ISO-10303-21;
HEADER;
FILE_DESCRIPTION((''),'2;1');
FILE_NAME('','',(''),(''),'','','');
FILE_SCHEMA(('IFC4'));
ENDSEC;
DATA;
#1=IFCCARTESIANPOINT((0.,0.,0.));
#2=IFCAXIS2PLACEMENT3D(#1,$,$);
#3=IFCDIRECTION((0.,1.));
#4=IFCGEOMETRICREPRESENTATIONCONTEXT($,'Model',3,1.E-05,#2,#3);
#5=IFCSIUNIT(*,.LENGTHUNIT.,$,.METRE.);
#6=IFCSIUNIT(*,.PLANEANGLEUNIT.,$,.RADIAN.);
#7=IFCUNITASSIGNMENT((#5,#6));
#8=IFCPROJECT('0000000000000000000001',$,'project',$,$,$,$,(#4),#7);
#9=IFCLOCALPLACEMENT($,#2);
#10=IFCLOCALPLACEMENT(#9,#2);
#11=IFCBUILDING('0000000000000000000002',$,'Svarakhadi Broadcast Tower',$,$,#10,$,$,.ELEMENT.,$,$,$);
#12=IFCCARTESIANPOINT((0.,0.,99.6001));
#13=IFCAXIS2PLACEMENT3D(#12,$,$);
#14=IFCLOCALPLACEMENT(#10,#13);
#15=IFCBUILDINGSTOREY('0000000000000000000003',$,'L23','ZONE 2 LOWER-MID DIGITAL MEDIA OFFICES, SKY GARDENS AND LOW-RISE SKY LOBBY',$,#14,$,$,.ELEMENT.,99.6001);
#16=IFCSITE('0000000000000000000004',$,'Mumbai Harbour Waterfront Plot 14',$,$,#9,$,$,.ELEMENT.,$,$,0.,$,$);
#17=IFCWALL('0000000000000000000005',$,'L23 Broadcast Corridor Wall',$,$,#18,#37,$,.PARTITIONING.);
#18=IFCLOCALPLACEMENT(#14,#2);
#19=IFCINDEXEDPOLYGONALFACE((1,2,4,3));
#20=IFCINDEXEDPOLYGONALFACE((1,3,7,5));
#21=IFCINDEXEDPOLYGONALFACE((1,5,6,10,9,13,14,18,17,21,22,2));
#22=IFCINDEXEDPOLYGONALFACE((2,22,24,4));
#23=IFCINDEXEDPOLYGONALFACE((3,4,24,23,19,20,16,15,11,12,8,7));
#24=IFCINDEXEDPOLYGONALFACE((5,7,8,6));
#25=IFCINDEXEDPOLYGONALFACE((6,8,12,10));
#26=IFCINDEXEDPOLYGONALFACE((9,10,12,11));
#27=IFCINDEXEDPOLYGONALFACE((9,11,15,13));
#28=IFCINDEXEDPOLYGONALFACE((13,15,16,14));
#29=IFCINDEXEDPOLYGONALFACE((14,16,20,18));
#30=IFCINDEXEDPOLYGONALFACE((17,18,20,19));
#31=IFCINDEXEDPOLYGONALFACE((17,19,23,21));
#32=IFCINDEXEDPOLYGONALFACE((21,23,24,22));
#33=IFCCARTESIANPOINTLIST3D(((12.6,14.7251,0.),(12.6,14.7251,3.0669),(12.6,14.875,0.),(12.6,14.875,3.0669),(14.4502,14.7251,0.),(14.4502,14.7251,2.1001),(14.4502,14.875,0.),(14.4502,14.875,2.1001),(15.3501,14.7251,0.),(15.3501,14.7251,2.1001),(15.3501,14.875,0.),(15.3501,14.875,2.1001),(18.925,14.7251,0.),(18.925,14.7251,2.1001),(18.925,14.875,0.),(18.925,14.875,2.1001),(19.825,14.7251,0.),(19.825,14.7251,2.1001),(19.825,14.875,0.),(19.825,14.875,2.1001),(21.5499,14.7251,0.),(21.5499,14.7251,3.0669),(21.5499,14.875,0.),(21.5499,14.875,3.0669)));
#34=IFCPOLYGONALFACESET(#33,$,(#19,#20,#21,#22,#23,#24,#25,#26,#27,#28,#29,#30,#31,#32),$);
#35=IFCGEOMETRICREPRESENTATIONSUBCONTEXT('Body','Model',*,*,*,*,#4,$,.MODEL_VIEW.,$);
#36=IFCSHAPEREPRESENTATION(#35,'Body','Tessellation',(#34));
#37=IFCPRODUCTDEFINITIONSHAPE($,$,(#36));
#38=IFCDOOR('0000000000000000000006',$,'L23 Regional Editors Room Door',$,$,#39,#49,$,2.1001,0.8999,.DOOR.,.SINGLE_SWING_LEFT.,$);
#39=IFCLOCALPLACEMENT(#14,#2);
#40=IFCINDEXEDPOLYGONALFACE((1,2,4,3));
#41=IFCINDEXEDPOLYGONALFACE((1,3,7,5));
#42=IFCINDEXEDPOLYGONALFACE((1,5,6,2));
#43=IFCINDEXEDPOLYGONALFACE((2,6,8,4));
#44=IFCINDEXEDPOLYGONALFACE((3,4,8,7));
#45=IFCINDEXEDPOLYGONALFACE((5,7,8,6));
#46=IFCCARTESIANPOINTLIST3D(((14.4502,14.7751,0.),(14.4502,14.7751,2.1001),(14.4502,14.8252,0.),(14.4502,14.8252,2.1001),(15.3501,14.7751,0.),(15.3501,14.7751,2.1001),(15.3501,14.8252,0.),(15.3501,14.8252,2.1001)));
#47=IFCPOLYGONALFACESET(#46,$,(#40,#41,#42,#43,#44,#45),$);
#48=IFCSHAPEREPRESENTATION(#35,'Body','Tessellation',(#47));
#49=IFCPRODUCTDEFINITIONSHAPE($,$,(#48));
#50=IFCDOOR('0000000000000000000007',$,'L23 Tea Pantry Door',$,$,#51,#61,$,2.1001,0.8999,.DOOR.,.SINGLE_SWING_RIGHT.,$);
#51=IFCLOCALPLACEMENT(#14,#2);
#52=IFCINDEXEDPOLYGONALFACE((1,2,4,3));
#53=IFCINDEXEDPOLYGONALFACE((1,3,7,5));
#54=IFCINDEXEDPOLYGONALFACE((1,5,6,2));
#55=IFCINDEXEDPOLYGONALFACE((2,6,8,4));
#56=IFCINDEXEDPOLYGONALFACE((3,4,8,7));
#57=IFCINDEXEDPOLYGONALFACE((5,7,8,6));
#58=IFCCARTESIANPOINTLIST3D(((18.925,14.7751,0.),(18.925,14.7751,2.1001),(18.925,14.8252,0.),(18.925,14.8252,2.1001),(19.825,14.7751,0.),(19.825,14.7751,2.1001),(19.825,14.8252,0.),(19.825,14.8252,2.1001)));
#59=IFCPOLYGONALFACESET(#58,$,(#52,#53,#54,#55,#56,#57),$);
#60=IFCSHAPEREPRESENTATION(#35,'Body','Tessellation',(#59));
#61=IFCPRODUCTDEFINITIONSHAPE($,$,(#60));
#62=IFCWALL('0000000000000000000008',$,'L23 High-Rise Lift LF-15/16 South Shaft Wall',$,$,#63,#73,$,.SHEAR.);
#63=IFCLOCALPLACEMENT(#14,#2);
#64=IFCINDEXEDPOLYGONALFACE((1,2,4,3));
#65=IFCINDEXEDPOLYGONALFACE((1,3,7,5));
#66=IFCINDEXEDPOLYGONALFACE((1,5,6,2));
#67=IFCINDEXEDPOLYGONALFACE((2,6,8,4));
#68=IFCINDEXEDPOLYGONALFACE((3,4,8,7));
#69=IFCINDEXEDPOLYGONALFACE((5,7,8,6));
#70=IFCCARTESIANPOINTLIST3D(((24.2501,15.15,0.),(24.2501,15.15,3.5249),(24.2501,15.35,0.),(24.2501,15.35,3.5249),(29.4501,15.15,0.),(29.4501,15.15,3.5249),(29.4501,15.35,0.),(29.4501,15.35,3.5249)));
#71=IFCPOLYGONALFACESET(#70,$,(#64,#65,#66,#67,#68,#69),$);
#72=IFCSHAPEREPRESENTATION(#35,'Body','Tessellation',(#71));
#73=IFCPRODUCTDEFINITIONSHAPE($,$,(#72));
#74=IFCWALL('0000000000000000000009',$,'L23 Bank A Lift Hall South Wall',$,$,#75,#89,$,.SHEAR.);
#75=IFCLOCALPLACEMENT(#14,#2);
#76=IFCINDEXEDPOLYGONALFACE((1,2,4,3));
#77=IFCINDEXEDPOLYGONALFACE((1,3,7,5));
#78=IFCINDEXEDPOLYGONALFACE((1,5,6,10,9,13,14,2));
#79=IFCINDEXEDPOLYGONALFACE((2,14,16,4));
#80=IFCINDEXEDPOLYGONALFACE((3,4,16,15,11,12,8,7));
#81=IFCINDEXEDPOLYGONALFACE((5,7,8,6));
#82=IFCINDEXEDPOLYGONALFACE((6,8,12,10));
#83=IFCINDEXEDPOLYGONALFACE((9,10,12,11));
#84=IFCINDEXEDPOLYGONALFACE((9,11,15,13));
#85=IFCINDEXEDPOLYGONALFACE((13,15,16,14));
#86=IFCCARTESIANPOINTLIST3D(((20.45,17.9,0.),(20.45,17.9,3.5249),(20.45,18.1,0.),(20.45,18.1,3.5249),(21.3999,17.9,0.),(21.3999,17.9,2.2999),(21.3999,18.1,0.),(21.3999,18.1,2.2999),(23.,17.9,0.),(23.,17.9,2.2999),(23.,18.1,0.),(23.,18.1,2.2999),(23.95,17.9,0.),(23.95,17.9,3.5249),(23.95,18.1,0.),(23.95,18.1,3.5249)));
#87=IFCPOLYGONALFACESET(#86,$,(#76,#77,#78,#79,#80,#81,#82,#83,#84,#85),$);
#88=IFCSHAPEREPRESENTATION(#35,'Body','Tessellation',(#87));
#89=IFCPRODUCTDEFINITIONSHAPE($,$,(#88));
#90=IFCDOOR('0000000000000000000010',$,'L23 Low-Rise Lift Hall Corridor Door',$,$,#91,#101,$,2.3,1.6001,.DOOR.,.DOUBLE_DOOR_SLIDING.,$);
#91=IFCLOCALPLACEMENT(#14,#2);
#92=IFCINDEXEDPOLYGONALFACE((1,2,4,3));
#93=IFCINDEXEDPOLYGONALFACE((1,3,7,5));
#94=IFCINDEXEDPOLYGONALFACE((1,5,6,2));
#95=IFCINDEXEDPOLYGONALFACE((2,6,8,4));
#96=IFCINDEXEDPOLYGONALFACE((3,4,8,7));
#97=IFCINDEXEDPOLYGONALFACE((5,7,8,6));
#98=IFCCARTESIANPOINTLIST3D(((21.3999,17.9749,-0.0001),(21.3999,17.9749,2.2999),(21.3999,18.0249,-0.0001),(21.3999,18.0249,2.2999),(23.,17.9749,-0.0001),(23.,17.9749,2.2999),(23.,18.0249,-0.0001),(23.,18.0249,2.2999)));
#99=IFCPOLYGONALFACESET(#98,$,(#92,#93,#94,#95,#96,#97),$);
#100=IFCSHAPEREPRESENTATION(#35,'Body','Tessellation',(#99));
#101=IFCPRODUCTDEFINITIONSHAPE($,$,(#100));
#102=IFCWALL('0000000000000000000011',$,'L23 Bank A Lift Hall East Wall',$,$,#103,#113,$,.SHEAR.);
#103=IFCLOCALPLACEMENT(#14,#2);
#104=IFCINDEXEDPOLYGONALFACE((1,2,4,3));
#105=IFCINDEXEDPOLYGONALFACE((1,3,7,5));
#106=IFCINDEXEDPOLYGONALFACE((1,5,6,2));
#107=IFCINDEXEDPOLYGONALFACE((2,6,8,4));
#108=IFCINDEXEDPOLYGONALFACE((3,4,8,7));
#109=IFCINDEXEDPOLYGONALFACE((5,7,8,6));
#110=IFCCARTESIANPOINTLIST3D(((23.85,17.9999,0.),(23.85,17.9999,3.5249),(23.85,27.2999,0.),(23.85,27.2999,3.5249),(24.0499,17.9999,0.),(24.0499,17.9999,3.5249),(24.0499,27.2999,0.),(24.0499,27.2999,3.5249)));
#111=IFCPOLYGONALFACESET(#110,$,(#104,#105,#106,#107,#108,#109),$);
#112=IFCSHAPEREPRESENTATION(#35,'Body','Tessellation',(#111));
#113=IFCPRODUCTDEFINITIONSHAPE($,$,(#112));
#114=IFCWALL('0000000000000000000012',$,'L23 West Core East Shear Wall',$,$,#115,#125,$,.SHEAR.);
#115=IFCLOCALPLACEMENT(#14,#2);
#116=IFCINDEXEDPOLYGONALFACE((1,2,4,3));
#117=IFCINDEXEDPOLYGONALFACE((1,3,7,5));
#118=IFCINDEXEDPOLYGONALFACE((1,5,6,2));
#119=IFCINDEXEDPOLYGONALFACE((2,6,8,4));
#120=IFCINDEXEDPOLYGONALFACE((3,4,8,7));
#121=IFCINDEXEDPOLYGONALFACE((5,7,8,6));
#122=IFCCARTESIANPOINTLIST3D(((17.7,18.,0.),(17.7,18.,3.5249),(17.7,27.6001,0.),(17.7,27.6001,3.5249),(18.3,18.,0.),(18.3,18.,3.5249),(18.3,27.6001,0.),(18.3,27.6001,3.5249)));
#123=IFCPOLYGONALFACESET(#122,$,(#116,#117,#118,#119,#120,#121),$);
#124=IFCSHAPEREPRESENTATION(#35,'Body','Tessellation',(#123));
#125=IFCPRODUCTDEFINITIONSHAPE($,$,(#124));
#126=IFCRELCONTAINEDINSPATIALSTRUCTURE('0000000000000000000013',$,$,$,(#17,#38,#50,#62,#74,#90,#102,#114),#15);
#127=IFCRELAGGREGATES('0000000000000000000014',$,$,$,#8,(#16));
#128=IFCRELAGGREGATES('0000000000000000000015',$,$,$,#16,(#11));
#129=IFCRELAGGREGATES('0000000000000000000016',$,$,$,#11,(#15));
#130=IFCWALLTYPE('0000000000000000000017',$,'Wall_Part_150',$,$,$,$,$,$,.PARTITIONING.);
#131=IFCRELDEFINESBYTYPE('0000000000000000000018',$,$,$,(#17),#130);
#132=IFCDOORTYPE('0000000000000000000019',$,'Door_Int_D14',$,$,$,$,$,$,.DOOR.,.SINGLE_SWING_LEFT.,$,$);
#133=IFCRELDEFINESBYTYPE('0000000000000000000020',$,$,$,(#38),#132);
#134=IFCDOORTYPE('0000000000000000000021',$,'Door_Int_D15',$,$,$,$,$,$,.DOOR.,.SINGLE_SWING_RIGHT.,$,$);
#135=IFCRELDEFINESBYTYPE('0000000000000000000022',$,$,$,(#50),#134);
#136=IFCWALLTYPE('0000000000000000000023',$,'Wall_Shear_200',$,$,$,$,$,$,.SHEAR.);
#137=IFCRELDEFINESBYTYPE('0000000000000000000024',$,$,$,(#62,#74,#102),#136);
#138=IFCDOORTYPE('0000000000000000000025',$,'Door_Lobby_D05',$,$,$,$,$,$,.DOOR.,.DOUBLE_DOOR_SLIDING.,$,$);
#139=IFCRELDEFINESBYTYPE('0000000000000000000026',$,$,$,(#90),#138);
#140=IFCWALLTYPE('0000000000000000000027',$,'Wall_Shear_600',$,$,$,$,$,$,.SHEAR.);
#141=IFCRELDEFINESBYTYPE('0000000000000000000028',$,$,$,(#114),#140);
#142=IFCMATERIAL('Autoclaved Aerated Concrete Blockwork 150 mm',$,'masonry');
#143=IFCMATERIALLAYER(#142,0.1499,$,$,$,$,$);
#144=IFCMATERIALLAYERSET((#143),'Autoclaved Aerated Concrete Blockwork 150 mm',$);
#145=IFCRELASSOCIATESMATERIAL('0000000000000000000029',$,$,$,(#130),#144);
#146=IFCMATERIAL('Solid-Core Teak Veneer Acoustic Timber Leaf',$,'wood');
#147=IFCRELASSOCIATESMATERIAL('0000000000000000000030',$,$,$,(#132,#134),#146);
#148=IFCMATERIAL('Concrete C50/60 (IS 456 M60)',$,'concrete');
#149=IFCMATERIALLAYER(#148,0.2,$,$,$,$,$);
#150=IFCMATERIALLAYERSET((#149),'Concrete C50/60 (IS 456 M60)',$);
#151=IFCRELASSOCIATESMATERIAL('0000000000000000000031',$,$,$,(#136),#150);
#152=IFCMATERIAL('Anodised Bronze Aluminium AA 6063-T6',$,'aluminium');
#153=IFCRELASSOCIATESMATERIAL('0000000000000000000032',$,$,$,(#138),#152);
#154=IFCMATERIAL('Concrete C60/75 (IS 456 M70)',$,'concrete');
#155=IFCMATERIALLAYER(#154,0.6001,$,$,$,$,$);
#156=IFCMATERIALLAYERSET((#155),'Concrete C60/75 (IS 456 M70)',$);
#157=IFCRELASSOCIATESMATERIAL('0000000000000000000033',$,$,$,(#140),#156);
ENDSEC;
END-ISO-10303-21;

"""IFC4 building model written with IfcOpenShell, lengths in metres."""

from ifc_helpers import new_model, si_unit, direction, frame, frame_2d, origin, place, context, subcontext, project, spatial, rectangle, extrude, material, layer, layer_set, type_object, element, fill, save


model = new_model("IFC4")

# Units and contexts
model_context = context("Model", 3, precision=1e-05, world=origin(), true_north=direction((0.0, 1.0)))
body_context = subcontext(model_context, "Body", "Model", "MODEL_VIEW")
ifc_project = project(units=[si_unit("LENGTHUNIT", "METRE"), si_unit("PLANEANGLEUNIT", "RADIAN")], contexts=[model_context])

# Site, building, storey
site_placement = place(None, origin())
site = spatial("IfcSite", under=ifc_project, at=site_placement, Name="Mumbai Harbour Waterfront Plot 14", CompositionType="ELEMENT", RefElevation=0.0)
building_placement = place(site_placement, origin())
building = spatial("IfcBuilding", under=site, at=building_placement, Name="Svarakhadi Broadcast Tower", CompositionType="ELEMENT")
storey_placement = place(building_placement, frame((0.0, 0.0, 99.6001)))
storey = spatial("IfcBuildingStorey", under=building, at=storey_placement, Name="L23", Description="ZONE 2 LOWER-MID DIGITAL MEDIA OFFICES, SKY GARDENS AND LOW-RISE SKY LOBBY", CompositionType="ELEMENT", Elevation=99.6001)

# Shared definitions
ifc_material_1 = material(Name="Concrete C50/60 (IS 456 M60)", Category="concrete")

# Wall, openings, doors
ifc_material_2 = material(Name="Autoclaved Aerated Concrete Blockwork 150 mm", Category="masonry")
ifc_layer_1 = layer(ifc_material_2, 0.1499)
ifc_layer_set_1 = layer_set([ifc_layer_1], Name="Autoclaved Aerated Concrete Blockwork 150 mm")
wall_type_1 = type_object("IfcWallType", Name="Wall_Part_150", PredefinedType="PARTITIONING", material=ifc_layer_set_1)
wall_1_placement = place(storey_placement, frame((21.55, 14.8, 0.0), z_axis=(0.0, 0.0, 1.0), x_axis=(-1.0, 0.0, 0.0)))
wall_1 = element("IfcWall", 1, at=wall_1_placement, inside=storey, type_object=wall_type_1, Name="L23 Broadcast Corridor Wall", PredefinedType="PARTITIONING", context=body_context, shape_type="SweptSolid", body=[
    extrude(rectangle(XDim=8.95, YDim=0.1499, at=frame_2d((4.4751, 0.0))), origin(), (0.0, 0.0, 1.0), 3.0669),
])
opening_1_placement = place(wall_1_placement, frame((6.2, 0.0, 0.0)))
opening_1 = element("IfcOpeningElement", 2, at=opening_1_placement, cuts=wall_1, PredefinedType="OPENING", context=body_context, shape_type="SweptSolid", body=[
    extrude(rectangle(XDim=0.8999, YDim=2.1001, at=frame_2d((0.45, 1.05))), frame((0.0, 0.085, 0.0), z_axis=(0.0, -1.0, 0.0), x_axis=(1.0, 0.0, 0.0)), (0.0, 0.0, 1.0), 0.1699),
])
opening_2_placement = place(wall_1_placement, frame((1.7251, 0.0, 0.0)))
opening_2 = element("IfcOpeningElement", 3, at=opening_2_placement, cuts=wall_1, PredefinedType="OPENING", context=body_context, shape_type="SweptSolid", body=[
    extrude(rectangle(XDim=0.8999, YDim=2.1001, at=frame_2d((0.45, 1.05))), frame((0.0, 0.085, 0.0), z_axis=(0.0, -1.0, 0.0), x_axis=(1.0, 0.0, 0.0)), (0.0, 0.0, 1.0), 0.1699),
])
ifc_material_3 = material(Name="Solid-Core Teak Veneer Acoustic Timber Leaf", Category="wood")
door_type_1 = type_object("IfcDoorType", Name="Door_Int_D14", OperationType="SINGLE_SWING_LEFT", PredefinedType="DOOR", material=ifc_material_3)
door_1_placement = place(opening_1_placement, origin())
door_1 = element("IfcDoor", 4, at=door_1_placement, inside=storey, type_object=door_type_1, Name="L23 Regional Editors Room Door", OperationType="SINGLE_SWING_LEFT", OverallHeight=2.1001, OverallWidth=0.8999, PredefinedType="DOOR", context=body_context, shape_type="SweptSolid", body=[
    extrude(rectangle(XDim=0.8999, YDim=2.1001, at=frame_2d((0.45, 1.05))), frame((0.0, 0.0249, 0.0), z_axis=(0.0, -1.0, 0.0), x_axis=(1.0, 0.0, 0.0)), (0.0, 0.0, 1.0), 0.05),
])
fill(opening_1, door_1)
door_type_2 = type_object("IfcDoorType", Name="Door_Int_D15", OperationType="SINGLE_SWING_RIGHT", PredefinedType="DOOR", material=ifc_material_3)
door_2_placement = place(opening_2_placement, origin())
door_2 = element("IfcDoor", 5, at=door_2_placement, inside=storey, type_object=door_type_2, Name="L23 Tea Pantry Door", OperationType="SINGLE_SWING_RIGHT", OverallHeight=2.1001, OverallWidth=0.8999, PredefinedType="DOOR", context=body_context, shape_type="SweptSolid", body=[
    extrude(rectangle(XDim=0.8999, YDim=2.1001, at=frame_2d((0.45, 1.05))), frame((0.0, 0.0249, 0.0), z_axis=(0.0, -1.0, 0.0), x_axis=(1.0, 0.0, 0.0)), (0.0, 0.0, 1.0), 0.05),
])
fill(opening_2, door_2)

# Wall
ifc_layer_2 = layer(ifc_material_1, 0.2)
ifc_layer_set_2 = layer_set([ifc_layer_2], Name="Concrete C50/60 (IS 456 M60)")
wall_type_2 = type_object("IfcWallType", Name="Wall_Shear_200", PredefinedType="SHEAR", material=ifc_layer_set_2)
wall_2_placement = place(storey_placement, frame((24.25, 15.25, 0.0), z_axis=(0.0, 0.0, 1.0), x_axis=(1.0, 0.0, 0.0)))
element("IfcWall", 6, at=wall_2_placement, inside=storey, type_object=wall_type_2, Name="L23 High-Rise Lift LF-15/16 South Shaft Wall", PredefinedType="SHEAR", context=body_context, shape_type="SweptSolid", body=[
    extrude(rectangle(XDim=5.2, YDim=0.2, at=frame_2d((2.6001, 0.0))), origin(), (0.0, 0.0, 1.0), 3.5249),
])

# Wall, opening, door
wall_3_placement = place(storey_placement, frame((20.45, 18.0, 0.0), z_axis=(0.0, 0.0, 1.0), x_axis=(1.0, 0.0, 0.0)))
wall_3 = element("IfcWall", 7, at=wall_3_placement, inside=storey, type_object=wall_type_2, Name="L23 Bank A Lift Hall South Wall", PredefinedType="SHEAR", context=body_context, shape_type="SweptSolid", body=[
    extrude(rectangle(XDim=3.5, YDim=0.2, at=frame_2d((1.75, 0.0))), origin(), (0.0, 0.0, 1.0), 3.5249),
])
opening_3_placement = place(wall_3_placement, frame((0.95, 0.0, 0.0)))
opening_3 = element("IfcOpeningElement", 8, at=opening_3_placement, cuts=wall_3, PredefinedType="OPENING", context=body_context, shape_type="SweptSolid", body=[
    extrude(rectangle(XDim=1.6001, YDim=2.3, at=frame_2d((0.8, 1.1499))), frame((0.0, 0.1099, 0.0), z_axis=(0.0, -1.0, 0.0), x_axis=(1.0, 0.0, 0.0)), (0.0, 0.0, 1.0), 0.22),
])
ifc_material_4 = material(Name="Anodised Bronze Aluminium AA 6063-T6", Category="aluminium")
door_type_3 = type_object("IfcDoorType", Name="Door_Lobby_D05", OperationType="DOUBLE_DOOR_SLIDING", PredefinedType="DOOR", material=ifc_material_4)
door_3_placement = place(opening_3_placement, origin())
door_3 = element("IfcDoor", 9, at=door_3_placement, inside=storey, type_object=door_type_3, Name="L23 Low-Rise Lift Hall Corridor Door", OperationType="DOUBLE_DOOR_SLIDING", OverallHeight=2.3, OverallWidth=1.6001, PredefinedType="DOOR", context=body_context, shape_type="SweptSolid", body=[
    extrude(rectangle(XDim=1.6001, YDim=2.3, at=frame_2d((0.8, 1.1499))), frame((0.0, 0.0249, 0.0), z_axis=(0.0, -1.0, 0.0), x_axis=(1.0, 0.0, 0.0)), (0.0, 0.0, 1.0), 0.05),
])
fill(opening_3, door_3)

# Walls
wall_4_placement = place(storey_placement, frame((23.95, 18.0, 0.0), z_axis=(0.0, 0.0, 1.0), x_axis=(0.0, 1.0, 0.0)))
element("IfcWall", 10, at=wall_4_placement, inside=storey, type_object=wall_type_2, Name="L23 Bank A Lift Hall East Wall", PredefinedType="SHEAR", context=body_context, shape_type="SweptSolid", body=[
    extrude(rectangle(XDim=9.3, YDim=0.2, at=frame_2d((4.6499, 0.0))), origin(), (0.0, 0.0, 1.0), 3.5249),
])
ifc_material_5 = material(Name="Concrete C60/75 (IS 456 M70)", Category="concrete")
ifc_layer_3 = layer(ifc_material_5, 0.6001)
ifc_layer_set_3 = layer_set([ifc_layer_3], Name="Concrete C60/75 (IS 456 M70)")
wall_type_3 = type_object("IfcWallType", Name="Wall_Shear_600", PredefinedType="SHEAR", material=ifc_layer_set_3)
wall_5_placement = place(storey_placement, frame((18.0, 18.0, 0.0), z_axis=(0.0, 0.0, 1.0), x_axis=(0.0, 1.0, 0.0)))
element("IfcWall", 11, at=wall_5_placement, inside=storey, type_object=wall_type_3, Name="L23 West Core East Shear Wall", PredefinedType="SHEAR", context=body_context, shape_type="SweptSolid", body=[
    extrude(rectangle(XDim=9.6001, YDim=0.6001, at=frame_2d((4.8, 0.0))), origin(), (0.0, 0.0, 1.0), 3.5249),
])

save(model, "model.ifc")
